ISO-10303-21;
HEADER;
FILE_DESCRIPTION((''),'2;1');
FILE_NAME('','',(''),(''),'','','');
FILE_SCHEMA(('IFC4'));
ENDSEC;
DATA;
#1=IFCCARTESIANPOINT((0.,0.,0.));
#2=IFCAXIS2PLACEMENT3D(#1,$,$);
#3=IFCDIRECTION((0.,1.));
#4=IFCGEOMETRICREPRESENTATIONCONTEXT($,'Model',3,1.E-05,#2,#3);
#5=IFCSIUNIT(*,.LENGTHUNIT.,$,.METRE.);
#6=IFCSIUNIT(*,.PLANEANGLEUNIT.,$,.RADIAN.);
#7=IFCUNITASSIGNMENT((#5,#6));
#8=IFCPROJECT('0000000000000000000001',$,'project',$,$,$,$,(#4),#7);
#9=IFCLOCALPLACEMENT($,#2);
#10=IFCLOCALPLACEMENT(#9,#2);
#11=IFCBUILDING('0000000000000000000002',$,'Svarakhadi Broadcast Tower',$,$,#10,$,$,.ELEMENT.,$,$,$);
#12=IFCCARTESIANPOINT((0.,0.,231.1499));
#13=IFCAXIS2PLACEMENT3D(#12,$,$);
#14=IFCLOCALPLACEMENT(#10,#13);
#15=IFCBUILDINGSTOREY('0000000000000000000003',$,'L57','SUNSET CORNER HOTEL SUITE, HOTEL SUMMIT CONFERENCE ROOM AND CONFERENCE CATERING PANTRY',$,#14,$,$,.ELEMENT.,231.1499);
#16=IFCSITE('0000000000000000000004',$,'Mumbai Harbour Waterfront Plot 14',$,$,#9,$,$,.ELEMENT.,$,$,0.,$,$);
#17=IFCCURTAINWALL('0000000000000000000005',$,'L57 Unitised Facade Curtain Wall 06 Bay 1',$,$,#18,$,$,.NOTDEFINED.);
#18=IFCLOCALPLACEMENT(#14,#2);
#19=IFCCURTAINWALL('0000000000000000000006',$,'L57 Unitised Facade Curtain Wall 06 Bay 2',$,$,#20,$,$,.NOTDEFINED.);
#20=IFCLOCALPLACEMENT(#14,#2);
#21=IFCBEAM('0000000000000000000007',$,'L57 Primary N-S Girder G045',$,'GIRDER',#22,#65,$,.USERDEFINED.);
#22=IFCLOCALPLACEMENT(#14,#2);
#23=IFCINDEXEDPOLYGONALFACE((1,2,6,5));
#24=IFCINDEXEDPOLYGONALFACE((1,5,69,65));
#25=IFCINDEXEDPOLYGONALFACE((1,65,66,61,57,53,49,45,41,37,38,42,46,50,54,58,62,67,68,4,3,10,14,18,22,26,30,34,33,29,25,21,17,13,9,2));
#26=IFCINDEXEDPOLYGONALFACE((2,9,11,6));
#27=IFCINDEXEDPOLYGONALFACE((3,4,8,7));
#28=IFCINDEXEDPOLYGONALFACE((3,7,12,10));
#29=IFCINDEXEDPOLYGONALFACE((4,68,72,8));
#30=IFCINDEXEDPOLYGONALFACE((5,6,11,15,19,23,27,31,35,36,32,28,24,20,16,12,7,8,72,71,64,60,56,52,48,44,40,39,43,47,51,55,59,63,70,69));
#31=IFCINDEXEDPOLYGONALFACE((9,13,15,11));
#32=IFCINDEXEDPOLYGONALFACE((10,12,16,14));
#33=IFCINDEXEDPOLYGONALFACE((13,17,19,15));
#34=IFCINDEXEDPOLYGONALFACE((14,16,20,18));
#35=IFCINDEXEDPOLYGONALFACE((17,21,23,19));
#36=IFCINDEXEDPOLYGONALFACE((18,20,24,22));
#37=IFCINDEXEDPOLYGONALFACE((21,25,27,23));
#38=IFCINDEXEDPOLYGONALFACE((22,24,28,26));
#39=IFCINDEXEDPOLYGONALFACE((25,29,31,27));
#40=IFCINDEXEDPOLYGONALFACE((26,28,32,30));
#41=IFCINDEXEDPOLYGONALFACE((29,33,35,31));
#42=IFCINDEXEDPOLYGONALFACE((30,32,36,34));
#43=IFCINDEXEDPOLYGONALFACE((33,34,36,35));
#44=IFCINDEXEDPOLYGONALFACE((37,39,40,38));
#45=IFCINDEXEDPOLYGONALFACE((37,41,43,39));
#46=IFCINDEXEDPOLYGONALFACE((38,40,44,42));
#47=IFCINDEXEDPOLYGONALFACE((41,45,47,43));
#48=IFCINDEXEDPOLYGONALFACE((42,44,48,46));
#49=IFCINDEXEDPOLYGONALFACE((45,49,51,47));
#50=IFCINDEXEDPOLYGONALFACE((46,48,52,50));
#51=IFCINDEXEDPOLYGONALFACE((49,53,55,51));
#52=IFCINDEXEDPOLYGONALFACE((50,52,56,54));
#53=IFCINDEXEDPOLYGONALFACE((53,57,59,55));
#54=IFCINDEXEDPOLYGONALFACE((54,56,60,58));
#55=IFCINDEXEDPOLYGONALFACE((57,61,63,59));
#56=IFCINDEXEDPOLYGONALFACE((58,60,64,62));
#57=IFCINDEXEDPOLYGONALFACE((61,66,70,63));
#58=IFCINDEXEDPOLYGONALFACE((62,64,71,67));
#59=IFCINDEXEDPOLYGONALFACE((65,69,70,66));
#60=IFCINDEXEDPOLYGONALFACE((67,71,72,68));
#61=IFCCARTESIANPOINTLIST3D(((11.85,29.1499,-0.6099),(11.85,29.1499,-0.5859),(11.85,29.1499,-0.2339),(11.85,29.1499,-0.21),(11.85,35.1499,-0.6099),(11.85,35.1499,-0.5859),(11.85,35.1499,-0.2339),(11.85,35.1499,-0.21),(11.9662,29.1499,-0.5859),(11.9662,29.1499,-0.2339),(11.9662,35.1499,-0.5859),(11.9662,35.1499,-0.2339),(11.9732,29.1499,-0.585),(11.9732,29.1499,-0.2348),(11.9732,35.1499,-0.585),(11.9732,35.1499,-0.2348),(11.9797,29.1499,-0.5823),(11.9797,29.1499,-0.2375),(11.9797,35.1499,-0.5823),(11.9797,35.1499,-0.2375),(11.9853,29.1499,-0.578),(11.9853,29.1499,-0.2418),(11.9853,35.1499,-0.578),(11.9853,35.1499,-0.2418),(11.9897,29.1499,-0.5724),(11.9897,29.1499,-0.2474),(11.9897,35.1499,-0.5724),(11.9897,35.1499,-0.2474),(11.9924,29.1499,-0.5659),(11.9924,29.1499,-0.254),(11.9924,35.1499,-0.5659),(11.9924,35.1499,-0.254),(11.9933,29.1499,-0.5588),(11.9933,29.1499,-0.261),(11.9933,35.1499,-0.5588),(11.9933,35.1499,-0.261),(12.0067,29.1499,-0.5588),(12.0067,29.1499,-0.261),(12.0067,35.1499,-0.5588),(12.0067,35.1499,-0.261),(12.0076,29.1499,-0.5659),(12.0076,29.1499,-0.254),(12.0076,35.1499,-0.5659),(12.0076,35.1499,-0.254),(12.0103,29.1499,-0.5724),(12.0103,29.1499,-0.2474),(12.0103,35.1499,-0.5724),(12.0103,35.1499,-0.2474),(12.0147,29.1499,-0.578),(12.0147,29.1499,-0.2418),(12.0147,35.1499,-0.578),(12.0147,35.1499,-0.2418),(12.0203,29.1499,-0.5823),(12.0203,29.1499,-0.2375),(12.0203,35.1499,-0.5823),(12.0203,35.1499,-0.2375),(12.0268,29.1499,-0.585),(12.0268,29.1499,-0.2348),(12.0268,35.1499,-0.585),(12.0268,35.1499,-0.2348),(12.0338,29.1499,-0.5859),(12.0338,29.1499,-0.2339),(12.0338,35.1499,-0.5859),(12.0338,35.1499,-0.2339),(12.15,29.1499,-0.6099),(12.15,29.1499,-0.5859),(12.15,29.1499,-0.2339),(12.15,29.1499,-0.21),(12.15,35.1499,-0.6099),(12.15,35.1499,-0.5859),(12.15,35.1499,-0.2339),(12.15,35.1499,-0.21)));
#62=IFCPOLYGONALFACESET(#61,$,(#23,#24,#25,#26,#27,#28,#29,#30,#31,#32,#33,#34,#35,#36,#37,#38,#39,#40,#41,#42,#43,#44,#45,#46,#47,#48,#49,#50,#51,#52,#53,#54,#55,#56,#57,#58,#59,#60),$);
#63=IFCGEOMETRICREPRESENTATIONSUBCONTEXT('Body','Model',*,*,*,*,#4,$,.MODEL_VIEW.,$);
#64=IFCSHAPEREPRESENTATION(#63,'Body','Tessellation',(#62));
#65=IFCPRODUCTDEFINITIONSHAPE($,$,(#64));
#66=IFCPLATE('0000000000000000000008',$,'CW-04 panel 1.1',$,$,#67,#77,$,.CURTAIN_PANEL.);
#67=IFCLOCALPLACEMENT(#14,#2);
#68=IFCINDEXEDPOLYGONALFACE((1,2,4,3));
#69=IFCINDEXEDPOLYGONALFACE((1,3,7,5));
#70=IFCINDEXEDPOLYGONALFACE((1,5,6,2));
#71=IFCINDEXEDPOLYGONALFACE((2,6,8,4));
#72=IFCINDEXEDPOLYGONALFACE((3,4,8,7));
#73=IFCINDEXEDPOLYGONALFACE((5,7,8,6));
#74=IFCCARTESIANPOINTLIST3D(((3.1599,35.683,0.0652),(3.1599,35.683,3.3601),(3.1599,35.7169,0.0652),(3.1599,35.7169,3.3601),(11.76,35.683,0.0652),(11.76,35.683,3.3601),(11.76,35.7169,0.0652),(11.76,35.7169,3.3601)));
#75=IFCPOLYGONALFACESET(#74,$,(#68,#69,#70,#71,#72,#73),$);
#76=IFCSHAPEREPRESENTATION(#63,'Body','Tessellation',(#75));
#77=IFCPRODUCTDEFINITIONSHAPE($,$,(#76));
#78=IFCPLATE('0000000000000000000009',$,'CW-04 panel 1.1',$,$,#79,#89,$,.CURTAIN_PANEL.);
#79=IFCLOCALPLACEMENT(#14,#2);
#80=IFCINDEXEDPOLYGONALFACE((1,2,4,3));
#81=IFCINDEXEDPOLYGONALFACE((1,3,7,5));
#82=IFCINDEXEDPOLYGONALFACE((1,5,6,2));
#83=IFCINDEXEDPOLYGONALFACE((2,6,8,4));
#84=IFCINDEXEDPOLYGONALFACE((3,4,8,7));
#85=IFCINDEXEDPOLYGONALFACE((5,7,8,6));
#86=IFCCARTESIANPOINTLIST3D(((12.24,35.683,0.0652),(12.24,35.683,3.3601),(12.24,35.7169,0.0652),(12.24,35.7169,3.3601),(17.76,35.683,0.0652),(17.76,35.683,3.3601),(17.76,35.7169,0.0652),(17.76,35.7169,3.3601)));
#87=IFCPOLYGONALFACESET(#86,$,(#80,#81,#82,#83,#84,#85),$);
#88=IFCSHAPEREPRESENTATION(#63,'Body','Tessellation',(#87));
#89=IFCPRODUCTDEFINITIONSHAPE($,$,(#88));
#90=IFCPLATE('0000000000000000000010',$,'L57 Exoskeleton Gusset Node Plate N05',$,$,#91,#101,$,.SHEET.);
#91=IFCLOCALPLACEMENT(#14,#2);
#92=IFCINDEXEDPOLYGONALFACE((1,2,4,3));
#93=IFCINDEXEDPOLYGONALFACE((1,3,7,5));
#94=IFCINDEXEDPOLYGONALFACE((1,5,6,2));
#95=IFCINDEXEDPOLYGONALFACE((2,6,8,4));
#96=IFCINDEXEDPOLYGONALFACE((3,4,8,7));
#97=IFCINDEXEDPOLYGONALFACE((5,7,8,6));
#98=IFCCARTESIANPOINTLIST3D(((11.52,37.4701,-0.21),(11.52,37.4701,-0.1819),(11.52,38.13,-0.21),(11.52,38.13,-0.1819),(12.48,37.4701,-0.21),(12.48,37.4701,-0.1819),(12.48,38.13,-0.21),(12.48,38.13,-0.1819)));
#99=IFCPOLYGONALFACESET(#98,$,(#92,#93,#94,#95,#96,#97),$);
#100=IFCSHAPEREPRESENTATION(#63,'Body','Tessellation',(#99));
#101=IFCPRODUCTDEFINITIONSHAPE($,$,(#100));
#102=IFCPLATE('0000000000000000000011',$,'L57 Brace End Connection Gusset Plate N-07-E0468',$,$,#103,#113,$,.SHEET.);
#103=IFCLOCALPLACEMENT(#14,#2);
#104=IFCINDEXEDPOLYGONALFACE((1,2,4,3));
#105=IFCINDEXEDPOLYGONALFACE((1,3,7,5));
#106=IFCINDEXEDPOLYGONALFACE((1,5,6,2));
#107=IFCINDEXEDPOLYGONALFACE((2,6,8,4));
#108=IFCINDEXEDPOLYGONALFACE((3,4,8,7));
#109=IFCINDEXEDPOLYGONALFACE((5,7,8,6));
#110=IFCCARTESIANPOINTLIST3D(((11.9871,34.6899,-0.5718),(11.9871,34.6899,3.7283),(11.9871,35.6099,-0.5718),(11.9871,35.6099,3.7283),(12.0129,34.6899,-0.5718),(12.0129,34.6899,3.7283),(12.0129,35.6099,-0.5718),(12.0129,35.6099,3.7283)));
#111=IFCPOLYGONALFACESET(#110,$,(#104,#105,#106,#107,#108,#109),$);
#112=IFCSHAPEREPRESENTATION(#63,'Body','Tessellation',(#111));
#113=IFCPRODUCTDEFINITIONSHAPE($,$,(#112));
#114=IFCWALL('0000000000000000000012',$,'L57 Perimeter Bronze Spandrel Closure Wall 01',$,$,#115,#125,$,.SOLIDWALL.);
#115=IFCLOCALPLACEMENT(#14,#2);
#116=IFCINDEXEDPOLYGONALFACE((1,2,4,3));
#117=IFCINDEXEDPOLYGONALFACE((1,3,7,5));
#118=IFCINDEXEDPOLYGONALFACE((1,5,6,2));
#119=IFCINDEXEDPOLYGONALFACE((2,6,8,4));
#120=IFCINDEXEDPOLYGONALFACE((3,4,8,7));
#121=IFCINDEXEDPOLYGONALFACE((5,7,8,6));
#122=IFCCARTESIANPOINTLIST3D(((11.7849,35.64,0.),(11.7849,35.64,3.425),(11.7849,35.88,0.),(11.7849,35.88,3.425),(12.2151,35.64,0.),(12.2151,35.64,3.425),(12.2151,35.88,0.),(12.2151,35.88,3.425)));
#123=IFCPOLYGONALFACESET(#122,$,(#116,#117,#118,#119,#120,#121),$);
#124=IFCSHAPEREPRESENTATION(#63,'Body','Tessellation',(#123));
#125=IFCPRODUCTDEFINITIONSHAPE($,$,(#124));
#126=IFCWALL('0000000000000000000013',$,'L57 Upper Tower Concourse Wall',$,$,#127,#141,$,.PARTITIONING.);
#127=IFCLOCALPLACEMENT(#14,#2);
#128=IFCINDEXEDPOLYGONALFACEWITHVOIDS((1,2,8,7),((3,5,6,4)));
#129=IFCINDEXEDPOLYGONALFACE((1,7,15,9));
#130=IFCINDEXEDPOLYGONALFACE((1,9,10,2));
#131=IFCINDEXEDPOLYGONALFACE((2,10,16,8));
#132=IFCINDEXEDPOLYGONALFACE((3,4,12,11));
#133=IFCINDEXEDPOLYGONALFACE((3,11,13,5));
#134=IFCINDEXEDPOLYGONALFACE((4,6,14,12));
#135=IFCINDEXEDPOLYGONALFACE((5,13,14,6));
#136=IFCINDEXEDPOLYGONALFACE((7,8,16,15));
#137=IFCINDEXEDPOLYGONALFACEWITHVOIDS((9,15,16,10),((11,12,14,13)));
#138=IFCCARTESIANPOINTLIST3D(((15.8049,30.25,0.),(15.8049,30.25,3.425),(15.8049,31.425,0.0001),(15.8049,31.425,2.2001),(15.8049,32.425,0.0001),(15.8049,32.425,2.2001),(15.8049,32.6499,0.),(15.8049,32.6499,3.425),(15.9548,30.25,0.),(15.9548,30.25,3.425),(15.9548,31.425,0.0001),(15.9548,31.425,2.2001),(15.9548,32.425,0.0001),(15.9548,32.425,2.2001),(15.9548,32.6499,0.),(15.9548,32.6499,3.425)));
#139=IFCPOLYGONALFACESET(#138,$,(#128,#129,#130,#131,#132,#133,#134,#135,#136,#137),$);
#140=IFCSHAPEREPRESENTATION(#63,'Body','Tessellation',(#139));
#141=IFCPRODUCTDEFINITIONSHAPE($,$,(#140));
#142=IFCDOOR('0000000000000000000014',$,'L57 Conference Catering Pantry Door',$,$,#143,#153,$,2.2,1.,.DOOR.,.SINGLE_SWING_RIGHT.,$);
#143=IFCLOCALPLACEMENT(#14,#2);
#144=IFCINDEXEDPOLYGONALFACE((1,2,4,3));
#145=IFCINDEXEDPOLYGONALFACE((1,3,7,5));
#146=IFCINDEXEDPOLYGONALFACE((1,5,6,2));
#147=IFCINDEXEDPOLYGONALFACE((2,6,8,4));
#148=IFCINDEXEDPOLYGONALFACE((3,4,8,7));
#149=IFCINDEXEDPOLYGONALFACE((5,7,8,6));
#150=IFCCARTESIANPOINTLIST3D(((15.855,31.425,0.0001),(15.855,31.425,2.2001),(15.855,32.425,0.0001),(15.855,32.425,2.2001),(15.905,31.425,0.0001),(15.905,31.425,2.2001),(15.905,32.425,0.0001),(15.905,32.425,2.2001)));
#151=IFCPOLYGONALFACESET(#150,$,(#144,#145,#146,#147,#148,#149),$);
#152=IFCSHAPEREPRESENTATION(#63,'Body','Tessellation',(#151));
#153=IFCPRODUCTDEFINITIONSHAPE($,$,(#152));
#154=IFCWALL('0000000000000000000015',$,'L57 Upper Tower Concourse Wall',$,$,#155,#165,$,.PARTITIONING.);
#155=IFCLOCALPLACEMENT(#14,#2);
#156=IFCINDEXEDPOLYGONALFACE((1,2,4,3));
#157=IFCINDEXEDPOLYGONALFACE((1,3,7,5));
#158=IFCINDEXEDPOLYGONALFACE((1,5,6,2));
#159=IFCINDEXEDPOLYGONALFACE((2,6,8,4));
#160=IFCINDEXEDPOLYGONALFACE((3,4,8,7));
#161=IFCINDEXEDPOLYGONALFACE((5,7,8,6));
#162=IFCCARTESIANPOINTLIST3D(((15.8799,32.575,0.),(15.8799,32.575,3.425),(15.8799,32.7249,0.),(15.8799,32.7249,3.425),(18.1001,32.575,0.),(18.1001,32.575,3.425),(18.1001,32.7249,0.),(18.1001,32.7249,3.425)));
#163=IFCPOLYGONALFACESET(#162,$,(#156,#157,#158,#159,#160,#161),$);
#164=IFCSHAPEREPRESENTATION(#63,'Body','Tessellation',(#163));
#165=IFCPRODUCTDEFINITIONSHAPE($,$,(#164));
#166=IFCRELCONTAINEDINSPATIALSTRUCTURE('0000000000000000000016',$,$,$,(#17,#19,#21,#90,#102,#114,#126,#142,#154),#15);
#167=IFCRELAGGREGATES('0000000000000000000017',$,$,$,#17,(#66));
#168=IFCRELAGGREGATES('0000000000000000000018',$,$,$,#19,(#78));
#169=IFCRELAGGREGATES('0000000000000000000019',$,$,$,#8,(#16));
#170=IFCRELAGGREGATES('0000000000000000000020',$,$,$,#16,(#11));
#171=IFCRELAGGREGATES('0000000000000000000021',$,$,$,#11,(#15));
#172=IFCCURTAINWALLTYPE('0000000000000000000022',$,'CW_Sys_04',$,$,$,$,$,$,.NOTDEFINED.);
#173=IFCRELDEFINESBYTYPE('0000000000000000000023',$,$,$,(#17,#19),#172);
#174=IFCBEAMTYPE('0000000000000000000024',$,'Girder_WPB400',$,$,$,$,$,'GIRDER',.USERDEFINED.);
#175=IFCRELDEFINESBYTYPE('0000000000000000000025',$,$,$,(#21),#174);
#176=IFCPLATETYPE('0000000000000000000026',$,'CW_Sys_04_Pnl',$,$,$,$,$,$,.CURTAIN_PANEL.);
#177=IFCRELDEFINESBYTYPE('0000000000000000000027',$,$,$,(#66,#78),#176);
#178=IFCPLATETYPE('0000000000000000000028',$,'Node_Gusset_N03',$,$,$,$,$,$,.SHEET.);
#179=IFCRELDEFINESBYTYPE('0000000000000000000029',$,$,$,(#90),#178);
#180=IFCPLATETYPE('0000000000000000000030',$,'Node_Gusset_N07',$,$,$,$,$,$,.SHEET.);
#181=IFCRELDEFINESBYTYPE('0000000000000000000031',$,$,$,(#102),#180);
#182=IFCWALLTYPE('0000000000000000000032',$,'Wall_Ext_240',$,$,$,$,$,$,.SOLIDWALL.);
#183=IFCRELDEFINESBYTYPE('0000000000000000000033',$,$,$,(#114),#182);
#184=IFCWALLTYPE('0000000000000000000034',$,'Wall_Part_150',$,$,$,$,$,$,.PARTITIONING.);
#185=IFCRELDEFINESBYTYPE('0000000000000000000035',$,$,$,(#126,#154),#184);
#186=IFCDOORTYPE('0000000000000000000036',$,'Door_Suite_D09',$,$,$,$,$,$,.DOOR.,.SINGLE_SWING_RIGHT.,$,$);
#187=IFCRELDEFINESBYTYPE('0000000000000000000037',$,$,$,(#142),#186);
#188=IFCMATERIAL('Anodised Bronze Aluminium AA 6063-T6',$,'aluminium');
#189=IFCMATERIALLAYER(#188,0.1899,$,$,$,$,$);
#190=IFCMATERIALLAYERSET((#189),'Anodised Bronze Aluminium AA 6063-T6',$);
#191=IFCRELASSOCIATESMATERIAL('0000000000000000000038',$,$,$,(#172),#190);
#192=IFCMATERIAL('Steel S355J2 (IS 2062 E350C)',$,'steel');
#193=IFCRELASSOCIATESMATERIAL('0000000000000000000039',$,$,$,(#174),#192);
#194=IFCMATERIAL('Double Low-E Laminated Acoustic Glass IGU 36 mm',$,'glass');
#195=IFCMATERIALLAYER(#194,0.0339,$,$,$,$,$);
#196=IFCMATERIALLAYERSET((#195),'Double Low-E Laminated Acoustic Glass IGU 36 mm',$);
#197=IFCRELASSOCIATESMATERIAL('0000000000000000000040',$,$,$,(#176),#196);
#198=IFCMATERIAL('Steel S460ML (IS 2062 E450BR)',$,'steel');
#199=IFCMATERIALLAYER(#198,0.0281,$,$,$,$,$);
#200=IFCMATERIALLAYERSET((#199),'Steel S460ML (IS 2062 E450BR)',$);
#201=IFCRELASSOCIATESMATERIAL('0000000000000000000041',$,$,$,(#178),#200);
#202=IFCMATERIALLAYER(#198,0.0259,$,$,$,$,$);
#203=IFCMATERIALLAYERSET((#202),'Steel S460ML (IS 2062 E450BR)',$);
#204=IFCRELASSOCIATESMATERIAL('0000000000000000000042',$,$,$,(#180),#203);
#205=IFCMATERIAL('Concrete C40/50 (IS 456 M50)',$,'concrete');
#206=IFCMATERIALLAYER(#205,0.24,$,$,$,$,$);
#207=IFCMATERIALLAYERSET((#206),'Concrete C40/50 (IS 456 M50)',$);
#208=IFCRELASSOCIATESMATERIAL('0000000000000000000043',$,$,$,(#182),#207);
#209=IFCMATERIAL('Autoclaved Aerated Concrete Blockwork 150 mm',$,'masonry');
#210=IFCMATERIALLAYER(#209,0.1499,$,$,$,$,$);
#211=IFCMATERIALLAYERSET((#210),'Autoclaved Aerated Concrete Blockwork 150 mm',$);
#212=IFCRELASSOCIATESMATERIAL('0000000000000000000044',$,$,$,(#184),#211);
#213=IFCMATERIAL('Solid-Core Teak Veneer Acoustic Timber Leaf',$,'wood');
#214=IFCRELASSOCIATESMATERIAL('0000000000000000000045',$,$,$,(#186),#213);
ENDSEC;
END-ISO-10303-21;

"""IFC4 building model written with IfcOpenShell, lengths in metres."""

from ifc_helpers import new_model, si_unit, direction, frame, frame_2d, origin, origin_2d, place, context, subcontext, project, spatial, rectangle, i_section, extrude, material, layer, layer_set, material_profile, profile_set, type_object, element, fill, aggregate, save


model = new_model("IFC4")

# Units and contexts
model_context = context("Model", 3, precision=1e-05, world=origin(), true_north=direction((0.0, 1.0)))
body_context = subcontext(model_context, "Body", "Model", "MODEL_VIEW")
ifc_project = project(units=[si_unit("LENGTHUNIT", "METRE"), si_unit("PLANEANGLEUNIT", "RADIAN")], contexts=[model_context])

# Site, building, storey
site_placement = place(None, origin())
site = spatial("IfcSite", under=ifc_project, at=site_placement, Name="Mumbai Harbour Waterfront Plot 14", CompositionType="ELEMENT", RefElevation=0.0)
building_placement = place(site_placement, origin())
building = spatial("IfcBuilding", under=site, at=building_placement, Name="Svarakhadi Broadcast Tower", CompositionType="ELEMENT")
storey_placement = place(building_placement, frame((0.0, 0.0, 231.1499)))
storey = spatial("IfcBuildingStorey", under=building, at=storey_placement, Name="L57", Description="SUNSET CORNER HOTEL SUITE, HOTEL SUMMIT CONFERENCE ROOM AND CONFERENCE CATERING PANTRY", CompositionType="ELEMENT", Elevation=231.1499)

# Shared definitions
ifc_material_1 = material(Name="Steel S460ML (IS 2062 E450BR)", Category="steel")

# Shared definitions
ifc_material_2 = material(Name="Steel S355J2 (IS 2062 E350C)", Category="steel")

# Curtain wall
ifc_material_3 = material(Name="Anodised Bronze Aluminium AA 6063-T6", Category="aluminium")
ifc_layer_1 = layer(ifc_material_3, 0.1899)
ifc_layer_set_1 = layer_set([ifc_layer_1], Name="Anodised Bronze Aluminium AA 6063-T6")
curtain_wall_type = type_object("IfcCurtainWallType", Name="CW_Sys_04", PredefinedType="NOTDEFINED", material=ifc_layer_set_1)
curtain_wall_1_placement = place(storey_placement, origin())
curtain_wall_1 = element("IfcCurtainWall", 1, at=curtain_wall_1_placement, inside=storey, type_object=curtain_wall_type, Name="L57 Unitised Facade Curtain Wall 06 Bay 1", PredefinedType="NOTDEFINED")

# Curtain wall
curtain_wall_2_placement = place(storey_placement, origin())
curtain_wall_2 = element("IfcCurtainWall", 2, at=curtain_wall_2_placement, inside=storey, type_object=curtain_wall_type, Name="L57 Unitised Facade Curtain Wall 06 Bay 2", PredefinedType="NOTDEFINED")

# Beam
ifc_material_profile_1 = material_profile(ifc_material_2, i_section(OverallWidth=0.3, OverallDepth=0.3999, WebThickness=0.0134, FlangeThickness=0.0239, FilletRadius=0.0271, at=origin_2d()), Name="WPB 400x300x155")
ifc_profile_set_1 = profile_set([ifc_material_profile_1], Name="Steel S355J2 (IS 2062 E350C)")
beam_type_1 = type_object("IfcBeamType", Name="Girder_WPB400", ElementType="GIRDER", PredefinedType="USERDEFINED", material=ifc_profile_set_1)
for number, where, z_axis, x_axis, name in (
    (3, (12.0, 29.1499, -0.4099), (0.0, 1.0, 0.0), (-1.0, 0.0, 0.0), "L57 Primary N-S Girder G045"),
):
    element("IfcBeam", number, at=place(storey_placement, frame(where, z_axis=z_axis, x_axis=x_axis)), inside=storey, type_object=beam_type_1, Name=name, ObjectType="GIRDER", PredefinedType="USERDEFINED", context=body_context, shape_type="SweptSolid", body=[
        extrude(i_section(OverallWidth=0.3, OverallDepth=0.3999, WebThickness=0.0134, FlangeThickness=0.0239, FilletRadius=0.0271, at=origin_2d()), origin(), (0.0, 0.0, 1.0), 6.0),
    ])

# Plates
ifc_material_4 = material(Name="Double Low-E Laminated Acoustic Glass IGU 36 mm", Category="glass")
ifc_layer_2 = layer(ifc_material_4, 0.0339)
ifc_layer_set_2 = layer_set([ifc_layer_2], Name="Double Low-E Laminated Acoustic Glass IGU 36 mm")
plate_type_1 = type_object("IfcPlateType", Name="CW_Sys_04_Pnl", PredefinedType="CURTAIN_PANEL", material=ifc_layer_set_2)
plate_1_placement = place(storey_placement, frame((7.46, 35.7, 0.0652), z_axis=(0.0, 0.0, 1.0), x_axis=(1.0, 0.0, 0.0)))
plate_1 = element("IfcPlate", 4, at=plate_1_placement, type_object=plate_type_1, Name="CW-04 panel 1.1", PredefinedType="CURTAIN_PANEL", context=body_context, shape_type="SweptSolid", body=[
    extrude(rectangle(XDim=8.6001, YDim=0.0339, at=origin_2d()), origin(), (0.0, 0.0, 1.0), 3.2949),
])
aggregate(curtain_wall_1, [plate_1])
plate_2_placement = place(storey_placement, frame((15.0, 35.7, 0.0652), z_axis=(0.0, 0.0, 1.0), x_axis=(1.0, 0.0, 0.0)))
plate_2 = element("IfcPlate", 5, at=plate_2_placement, type_object=plate_type_1, Name="CW-04 panel 1.1", PredefinedType="CURTAIN_PANEL", context=body_context, shape_type="SweptSolid", body=[
    extrude(rectangle(XDim=5.52, YDim=0.0339, at=origin_2d()), origin(), (0.0, 0.0, 1.0), 3.2949),
])
aggregate(curtain_wall_2, [plate_2])

# Plates
ifc_layer_3 = layer(ifc_material_1, 0.0281)
ifc_layer_set_3 = layer_set([ifc_layer_3], Name="Steel S460ML (IS 2062 E450BR)")
plate_type_2 = type_object("IfcPlateType", Name="Node_Gusset_N03", PredefinedType="SHEET", material=ifc_layer_set_3)
plate_3_placement = place(storey_placement, frame((12.0, 37.8, -0.21), z_axis=(0.0, 0.0, 1.0), x_axis=(1.0, 0.0, 0.0)))
element("IfcPlate", 6, at=plate_3_placement, inside=storey, type_object=plate_type_2, Name="L57 Exoskeleton Gusset Node Plate N05", PredefinedType="SHEET", context=body_context, shape_type="SweptSolid", body=[
    extrude(rectangle(XDim=0.96, YDim=0.6599, at=origin_2d()), origin(), (0.0, 0.0, 1.0), 0.0281),
])
ifc_layer_4 = layer(ifc_material_1, 0.0259)
ifc_layer_set_4 = layer_set([ifc_layer_4], Name="Steel S460ML (IS 2062 E450BR)")
plate_type_3 = type_object("IfcPlateType", Name="Node_Gusset_N07", PredefinedType="SHEET", material=ifc_layer_set_4)
plate_4_placement = place(storey_placement, frame((12.0, 35.1499, -0.5718), z_axis=(0.0, 0.0, 1.0), x_axis=(0.0, 1.0, 0.0)))
element("IfcPlate", 7, at=plate_4_placement, inside=storey, type_object=plate_type_3, Name="L57 Brace End Connection Gusset Plate N-07-E0468", PredefinedType="SHEET", context=body_context, shape_type="SweptSolid", body=[
    extrude(rectangle(XDim=0.9199, YDim=0.0259, at=origin_2d()), origin(), (0.0, 0.0, 1.0), 4.3),
])

# Wall
ifc_material_5 = material(Name="Concrete C40/50 (IS 456 M50)", Category="concrete")
ifc_layer_5 = layer(ifc_material_5, 0.24)
ifc_layer_set_5 = layer_set([ifc_layer_5], Name="Concrete C40/50 (IS 456 M50)")
wall_type_1 = type_object("IfcWallType", Name="Wall_Ext_240", PredefinedType="SOLIDWALL", material=ifc_layer_set_5)
wall_1_placement = place(storey_placement, frame((11.7849, 35.76, 0.0), z_axis=(0.0, 0.0, 1.0), x_axis=(1.0, 0.0, 0.0)))
element("IfcWall", 8, at=wall_1_placement, inside=storey, type_object=wall_type_1, Name="L57 Perimeter Bronze Spandrel Closure Wall 01", PredefinedType="SOLIDWALL", context=body_context, shape_type="SweptSolid", body=[
    extrude(rectangle(XDim=0.4302, YDim=0.24, at=frame_2d((0.2151, 0.0))), origin(), (0.0, 0.0, 1.0), 3.425),
])

# Wall, opening, door
ifc_material_6 = material(Name="Autoclaved Aerated Concrete Blockwork 150 mm", Category="masonry")
ifc_layer_6 = layer(ifc_material_6, 0.1499)
ifc_layer_set_6 = layer_set([ifc_layer_6], Name="Autoclaved Aerated Concrete Blockwork 150 mm")
wall_type_2 = type_object("IfcWallType", Name="Wall_Part_150", PredefinedType="PARTITIONING", material=ifc_layer_set_6)
wall_2_placement = place(storey_placement, frame((15.8799, 30.25, 0.0), z_axis=(0.0, 0.0, 1.0), x_axis=(0.0, 1.0, 0.0)))
wall_2 = element("IfcWall", 9, at=wall_2_placement, inside=storey, type_object=wall_type_2, Name="L57 Upper Tower Concourse Wall", PredefinedType="PARTITIONING", context=body_context, shape_type="SweptSolid", body=[
    extrude(rectangle(XDim=2.3999, YDim=0.1499, at=frame_2d((1.2, 0.0))), origin(), (0.0, 0.0, 1.0), 3.425),
])
opening_placement = place(wall_2_placement, frame((1.175, 0.0, 0.0)))
opening = element("IfcOpeningElement", 10, at=opening_placement, cuts=wall_2, PredefinedType="OPENING", context=body_context, shape_type="SweptSolid", body=[
    extrude(rectangle(XDim=1.0, YDim=2.2, at=frame_2d((0.5, 1.1001))), frame((0.0, 0.085, 0.0), z_axis=(0.0, -1.0, 0.0), x_axis=(1.0, 0.0, 0.0)), (0.0, 0.0, 1.0), 0.1699),
])
ifc_material_7 = material(Name="Solid-Core Teak Veneer Acoustic Timber Leaf", Category="wood")
door_type = type_object("IfcDoorType", Name="Door_Suite_D09", OperationType="SINGLE_SWING_RIGHT", PredefinedType="DOOR", material=ifc_material_7)
door_placement = place(opening_placement, origin())
door = element("IfcDoor", 11, at=door_placement, inside=storey, type_object=door_type, Name="L57 Conference Catering Pantry Door", OperationType="SINGLE_SWING_RIGHT", OverallHeight=2.2, OverallWidth=1.0, PredefinedType="DOOR", context=body_context, shape_type="SweptSolid", body=[
    extrude(rectangle(XDim=1.0, YDim=2.2, at=frame_2d((0.5, 1.1001))), frame((0.0, 0.0249, 0.0), z_axis=(0.0, -1.0, 0.0), x_axis=(1.0, 0.0, 0.0)), (0.0, 0.0, 1.0), 0.05),
])
fill(opening, door)

# Wall
wall_3_placement = place(storey_placement, frame((15.8799, 32.6499, 0.0), z_axis=(0.0, 0.0, 1.0), x_axis=(1.0, 0.0, 0.0)))
element("IfcWall", 12, at=wall_3_placement, inside=storey, type_object=wall_type_2, Name="L57 Upper Tower Concourse Wall", PredefinedType="PARTITIONING", context=body_context, shape_type="SweptSolid", body=[
    extrude(rectangle(XDim=2.2202, YDim=0.1499, at=frame_2d((1.1101, 0.0))), origin(), (0.0, 0.0, 1.0), 3.425),
])

save(model, "model.ifc")
